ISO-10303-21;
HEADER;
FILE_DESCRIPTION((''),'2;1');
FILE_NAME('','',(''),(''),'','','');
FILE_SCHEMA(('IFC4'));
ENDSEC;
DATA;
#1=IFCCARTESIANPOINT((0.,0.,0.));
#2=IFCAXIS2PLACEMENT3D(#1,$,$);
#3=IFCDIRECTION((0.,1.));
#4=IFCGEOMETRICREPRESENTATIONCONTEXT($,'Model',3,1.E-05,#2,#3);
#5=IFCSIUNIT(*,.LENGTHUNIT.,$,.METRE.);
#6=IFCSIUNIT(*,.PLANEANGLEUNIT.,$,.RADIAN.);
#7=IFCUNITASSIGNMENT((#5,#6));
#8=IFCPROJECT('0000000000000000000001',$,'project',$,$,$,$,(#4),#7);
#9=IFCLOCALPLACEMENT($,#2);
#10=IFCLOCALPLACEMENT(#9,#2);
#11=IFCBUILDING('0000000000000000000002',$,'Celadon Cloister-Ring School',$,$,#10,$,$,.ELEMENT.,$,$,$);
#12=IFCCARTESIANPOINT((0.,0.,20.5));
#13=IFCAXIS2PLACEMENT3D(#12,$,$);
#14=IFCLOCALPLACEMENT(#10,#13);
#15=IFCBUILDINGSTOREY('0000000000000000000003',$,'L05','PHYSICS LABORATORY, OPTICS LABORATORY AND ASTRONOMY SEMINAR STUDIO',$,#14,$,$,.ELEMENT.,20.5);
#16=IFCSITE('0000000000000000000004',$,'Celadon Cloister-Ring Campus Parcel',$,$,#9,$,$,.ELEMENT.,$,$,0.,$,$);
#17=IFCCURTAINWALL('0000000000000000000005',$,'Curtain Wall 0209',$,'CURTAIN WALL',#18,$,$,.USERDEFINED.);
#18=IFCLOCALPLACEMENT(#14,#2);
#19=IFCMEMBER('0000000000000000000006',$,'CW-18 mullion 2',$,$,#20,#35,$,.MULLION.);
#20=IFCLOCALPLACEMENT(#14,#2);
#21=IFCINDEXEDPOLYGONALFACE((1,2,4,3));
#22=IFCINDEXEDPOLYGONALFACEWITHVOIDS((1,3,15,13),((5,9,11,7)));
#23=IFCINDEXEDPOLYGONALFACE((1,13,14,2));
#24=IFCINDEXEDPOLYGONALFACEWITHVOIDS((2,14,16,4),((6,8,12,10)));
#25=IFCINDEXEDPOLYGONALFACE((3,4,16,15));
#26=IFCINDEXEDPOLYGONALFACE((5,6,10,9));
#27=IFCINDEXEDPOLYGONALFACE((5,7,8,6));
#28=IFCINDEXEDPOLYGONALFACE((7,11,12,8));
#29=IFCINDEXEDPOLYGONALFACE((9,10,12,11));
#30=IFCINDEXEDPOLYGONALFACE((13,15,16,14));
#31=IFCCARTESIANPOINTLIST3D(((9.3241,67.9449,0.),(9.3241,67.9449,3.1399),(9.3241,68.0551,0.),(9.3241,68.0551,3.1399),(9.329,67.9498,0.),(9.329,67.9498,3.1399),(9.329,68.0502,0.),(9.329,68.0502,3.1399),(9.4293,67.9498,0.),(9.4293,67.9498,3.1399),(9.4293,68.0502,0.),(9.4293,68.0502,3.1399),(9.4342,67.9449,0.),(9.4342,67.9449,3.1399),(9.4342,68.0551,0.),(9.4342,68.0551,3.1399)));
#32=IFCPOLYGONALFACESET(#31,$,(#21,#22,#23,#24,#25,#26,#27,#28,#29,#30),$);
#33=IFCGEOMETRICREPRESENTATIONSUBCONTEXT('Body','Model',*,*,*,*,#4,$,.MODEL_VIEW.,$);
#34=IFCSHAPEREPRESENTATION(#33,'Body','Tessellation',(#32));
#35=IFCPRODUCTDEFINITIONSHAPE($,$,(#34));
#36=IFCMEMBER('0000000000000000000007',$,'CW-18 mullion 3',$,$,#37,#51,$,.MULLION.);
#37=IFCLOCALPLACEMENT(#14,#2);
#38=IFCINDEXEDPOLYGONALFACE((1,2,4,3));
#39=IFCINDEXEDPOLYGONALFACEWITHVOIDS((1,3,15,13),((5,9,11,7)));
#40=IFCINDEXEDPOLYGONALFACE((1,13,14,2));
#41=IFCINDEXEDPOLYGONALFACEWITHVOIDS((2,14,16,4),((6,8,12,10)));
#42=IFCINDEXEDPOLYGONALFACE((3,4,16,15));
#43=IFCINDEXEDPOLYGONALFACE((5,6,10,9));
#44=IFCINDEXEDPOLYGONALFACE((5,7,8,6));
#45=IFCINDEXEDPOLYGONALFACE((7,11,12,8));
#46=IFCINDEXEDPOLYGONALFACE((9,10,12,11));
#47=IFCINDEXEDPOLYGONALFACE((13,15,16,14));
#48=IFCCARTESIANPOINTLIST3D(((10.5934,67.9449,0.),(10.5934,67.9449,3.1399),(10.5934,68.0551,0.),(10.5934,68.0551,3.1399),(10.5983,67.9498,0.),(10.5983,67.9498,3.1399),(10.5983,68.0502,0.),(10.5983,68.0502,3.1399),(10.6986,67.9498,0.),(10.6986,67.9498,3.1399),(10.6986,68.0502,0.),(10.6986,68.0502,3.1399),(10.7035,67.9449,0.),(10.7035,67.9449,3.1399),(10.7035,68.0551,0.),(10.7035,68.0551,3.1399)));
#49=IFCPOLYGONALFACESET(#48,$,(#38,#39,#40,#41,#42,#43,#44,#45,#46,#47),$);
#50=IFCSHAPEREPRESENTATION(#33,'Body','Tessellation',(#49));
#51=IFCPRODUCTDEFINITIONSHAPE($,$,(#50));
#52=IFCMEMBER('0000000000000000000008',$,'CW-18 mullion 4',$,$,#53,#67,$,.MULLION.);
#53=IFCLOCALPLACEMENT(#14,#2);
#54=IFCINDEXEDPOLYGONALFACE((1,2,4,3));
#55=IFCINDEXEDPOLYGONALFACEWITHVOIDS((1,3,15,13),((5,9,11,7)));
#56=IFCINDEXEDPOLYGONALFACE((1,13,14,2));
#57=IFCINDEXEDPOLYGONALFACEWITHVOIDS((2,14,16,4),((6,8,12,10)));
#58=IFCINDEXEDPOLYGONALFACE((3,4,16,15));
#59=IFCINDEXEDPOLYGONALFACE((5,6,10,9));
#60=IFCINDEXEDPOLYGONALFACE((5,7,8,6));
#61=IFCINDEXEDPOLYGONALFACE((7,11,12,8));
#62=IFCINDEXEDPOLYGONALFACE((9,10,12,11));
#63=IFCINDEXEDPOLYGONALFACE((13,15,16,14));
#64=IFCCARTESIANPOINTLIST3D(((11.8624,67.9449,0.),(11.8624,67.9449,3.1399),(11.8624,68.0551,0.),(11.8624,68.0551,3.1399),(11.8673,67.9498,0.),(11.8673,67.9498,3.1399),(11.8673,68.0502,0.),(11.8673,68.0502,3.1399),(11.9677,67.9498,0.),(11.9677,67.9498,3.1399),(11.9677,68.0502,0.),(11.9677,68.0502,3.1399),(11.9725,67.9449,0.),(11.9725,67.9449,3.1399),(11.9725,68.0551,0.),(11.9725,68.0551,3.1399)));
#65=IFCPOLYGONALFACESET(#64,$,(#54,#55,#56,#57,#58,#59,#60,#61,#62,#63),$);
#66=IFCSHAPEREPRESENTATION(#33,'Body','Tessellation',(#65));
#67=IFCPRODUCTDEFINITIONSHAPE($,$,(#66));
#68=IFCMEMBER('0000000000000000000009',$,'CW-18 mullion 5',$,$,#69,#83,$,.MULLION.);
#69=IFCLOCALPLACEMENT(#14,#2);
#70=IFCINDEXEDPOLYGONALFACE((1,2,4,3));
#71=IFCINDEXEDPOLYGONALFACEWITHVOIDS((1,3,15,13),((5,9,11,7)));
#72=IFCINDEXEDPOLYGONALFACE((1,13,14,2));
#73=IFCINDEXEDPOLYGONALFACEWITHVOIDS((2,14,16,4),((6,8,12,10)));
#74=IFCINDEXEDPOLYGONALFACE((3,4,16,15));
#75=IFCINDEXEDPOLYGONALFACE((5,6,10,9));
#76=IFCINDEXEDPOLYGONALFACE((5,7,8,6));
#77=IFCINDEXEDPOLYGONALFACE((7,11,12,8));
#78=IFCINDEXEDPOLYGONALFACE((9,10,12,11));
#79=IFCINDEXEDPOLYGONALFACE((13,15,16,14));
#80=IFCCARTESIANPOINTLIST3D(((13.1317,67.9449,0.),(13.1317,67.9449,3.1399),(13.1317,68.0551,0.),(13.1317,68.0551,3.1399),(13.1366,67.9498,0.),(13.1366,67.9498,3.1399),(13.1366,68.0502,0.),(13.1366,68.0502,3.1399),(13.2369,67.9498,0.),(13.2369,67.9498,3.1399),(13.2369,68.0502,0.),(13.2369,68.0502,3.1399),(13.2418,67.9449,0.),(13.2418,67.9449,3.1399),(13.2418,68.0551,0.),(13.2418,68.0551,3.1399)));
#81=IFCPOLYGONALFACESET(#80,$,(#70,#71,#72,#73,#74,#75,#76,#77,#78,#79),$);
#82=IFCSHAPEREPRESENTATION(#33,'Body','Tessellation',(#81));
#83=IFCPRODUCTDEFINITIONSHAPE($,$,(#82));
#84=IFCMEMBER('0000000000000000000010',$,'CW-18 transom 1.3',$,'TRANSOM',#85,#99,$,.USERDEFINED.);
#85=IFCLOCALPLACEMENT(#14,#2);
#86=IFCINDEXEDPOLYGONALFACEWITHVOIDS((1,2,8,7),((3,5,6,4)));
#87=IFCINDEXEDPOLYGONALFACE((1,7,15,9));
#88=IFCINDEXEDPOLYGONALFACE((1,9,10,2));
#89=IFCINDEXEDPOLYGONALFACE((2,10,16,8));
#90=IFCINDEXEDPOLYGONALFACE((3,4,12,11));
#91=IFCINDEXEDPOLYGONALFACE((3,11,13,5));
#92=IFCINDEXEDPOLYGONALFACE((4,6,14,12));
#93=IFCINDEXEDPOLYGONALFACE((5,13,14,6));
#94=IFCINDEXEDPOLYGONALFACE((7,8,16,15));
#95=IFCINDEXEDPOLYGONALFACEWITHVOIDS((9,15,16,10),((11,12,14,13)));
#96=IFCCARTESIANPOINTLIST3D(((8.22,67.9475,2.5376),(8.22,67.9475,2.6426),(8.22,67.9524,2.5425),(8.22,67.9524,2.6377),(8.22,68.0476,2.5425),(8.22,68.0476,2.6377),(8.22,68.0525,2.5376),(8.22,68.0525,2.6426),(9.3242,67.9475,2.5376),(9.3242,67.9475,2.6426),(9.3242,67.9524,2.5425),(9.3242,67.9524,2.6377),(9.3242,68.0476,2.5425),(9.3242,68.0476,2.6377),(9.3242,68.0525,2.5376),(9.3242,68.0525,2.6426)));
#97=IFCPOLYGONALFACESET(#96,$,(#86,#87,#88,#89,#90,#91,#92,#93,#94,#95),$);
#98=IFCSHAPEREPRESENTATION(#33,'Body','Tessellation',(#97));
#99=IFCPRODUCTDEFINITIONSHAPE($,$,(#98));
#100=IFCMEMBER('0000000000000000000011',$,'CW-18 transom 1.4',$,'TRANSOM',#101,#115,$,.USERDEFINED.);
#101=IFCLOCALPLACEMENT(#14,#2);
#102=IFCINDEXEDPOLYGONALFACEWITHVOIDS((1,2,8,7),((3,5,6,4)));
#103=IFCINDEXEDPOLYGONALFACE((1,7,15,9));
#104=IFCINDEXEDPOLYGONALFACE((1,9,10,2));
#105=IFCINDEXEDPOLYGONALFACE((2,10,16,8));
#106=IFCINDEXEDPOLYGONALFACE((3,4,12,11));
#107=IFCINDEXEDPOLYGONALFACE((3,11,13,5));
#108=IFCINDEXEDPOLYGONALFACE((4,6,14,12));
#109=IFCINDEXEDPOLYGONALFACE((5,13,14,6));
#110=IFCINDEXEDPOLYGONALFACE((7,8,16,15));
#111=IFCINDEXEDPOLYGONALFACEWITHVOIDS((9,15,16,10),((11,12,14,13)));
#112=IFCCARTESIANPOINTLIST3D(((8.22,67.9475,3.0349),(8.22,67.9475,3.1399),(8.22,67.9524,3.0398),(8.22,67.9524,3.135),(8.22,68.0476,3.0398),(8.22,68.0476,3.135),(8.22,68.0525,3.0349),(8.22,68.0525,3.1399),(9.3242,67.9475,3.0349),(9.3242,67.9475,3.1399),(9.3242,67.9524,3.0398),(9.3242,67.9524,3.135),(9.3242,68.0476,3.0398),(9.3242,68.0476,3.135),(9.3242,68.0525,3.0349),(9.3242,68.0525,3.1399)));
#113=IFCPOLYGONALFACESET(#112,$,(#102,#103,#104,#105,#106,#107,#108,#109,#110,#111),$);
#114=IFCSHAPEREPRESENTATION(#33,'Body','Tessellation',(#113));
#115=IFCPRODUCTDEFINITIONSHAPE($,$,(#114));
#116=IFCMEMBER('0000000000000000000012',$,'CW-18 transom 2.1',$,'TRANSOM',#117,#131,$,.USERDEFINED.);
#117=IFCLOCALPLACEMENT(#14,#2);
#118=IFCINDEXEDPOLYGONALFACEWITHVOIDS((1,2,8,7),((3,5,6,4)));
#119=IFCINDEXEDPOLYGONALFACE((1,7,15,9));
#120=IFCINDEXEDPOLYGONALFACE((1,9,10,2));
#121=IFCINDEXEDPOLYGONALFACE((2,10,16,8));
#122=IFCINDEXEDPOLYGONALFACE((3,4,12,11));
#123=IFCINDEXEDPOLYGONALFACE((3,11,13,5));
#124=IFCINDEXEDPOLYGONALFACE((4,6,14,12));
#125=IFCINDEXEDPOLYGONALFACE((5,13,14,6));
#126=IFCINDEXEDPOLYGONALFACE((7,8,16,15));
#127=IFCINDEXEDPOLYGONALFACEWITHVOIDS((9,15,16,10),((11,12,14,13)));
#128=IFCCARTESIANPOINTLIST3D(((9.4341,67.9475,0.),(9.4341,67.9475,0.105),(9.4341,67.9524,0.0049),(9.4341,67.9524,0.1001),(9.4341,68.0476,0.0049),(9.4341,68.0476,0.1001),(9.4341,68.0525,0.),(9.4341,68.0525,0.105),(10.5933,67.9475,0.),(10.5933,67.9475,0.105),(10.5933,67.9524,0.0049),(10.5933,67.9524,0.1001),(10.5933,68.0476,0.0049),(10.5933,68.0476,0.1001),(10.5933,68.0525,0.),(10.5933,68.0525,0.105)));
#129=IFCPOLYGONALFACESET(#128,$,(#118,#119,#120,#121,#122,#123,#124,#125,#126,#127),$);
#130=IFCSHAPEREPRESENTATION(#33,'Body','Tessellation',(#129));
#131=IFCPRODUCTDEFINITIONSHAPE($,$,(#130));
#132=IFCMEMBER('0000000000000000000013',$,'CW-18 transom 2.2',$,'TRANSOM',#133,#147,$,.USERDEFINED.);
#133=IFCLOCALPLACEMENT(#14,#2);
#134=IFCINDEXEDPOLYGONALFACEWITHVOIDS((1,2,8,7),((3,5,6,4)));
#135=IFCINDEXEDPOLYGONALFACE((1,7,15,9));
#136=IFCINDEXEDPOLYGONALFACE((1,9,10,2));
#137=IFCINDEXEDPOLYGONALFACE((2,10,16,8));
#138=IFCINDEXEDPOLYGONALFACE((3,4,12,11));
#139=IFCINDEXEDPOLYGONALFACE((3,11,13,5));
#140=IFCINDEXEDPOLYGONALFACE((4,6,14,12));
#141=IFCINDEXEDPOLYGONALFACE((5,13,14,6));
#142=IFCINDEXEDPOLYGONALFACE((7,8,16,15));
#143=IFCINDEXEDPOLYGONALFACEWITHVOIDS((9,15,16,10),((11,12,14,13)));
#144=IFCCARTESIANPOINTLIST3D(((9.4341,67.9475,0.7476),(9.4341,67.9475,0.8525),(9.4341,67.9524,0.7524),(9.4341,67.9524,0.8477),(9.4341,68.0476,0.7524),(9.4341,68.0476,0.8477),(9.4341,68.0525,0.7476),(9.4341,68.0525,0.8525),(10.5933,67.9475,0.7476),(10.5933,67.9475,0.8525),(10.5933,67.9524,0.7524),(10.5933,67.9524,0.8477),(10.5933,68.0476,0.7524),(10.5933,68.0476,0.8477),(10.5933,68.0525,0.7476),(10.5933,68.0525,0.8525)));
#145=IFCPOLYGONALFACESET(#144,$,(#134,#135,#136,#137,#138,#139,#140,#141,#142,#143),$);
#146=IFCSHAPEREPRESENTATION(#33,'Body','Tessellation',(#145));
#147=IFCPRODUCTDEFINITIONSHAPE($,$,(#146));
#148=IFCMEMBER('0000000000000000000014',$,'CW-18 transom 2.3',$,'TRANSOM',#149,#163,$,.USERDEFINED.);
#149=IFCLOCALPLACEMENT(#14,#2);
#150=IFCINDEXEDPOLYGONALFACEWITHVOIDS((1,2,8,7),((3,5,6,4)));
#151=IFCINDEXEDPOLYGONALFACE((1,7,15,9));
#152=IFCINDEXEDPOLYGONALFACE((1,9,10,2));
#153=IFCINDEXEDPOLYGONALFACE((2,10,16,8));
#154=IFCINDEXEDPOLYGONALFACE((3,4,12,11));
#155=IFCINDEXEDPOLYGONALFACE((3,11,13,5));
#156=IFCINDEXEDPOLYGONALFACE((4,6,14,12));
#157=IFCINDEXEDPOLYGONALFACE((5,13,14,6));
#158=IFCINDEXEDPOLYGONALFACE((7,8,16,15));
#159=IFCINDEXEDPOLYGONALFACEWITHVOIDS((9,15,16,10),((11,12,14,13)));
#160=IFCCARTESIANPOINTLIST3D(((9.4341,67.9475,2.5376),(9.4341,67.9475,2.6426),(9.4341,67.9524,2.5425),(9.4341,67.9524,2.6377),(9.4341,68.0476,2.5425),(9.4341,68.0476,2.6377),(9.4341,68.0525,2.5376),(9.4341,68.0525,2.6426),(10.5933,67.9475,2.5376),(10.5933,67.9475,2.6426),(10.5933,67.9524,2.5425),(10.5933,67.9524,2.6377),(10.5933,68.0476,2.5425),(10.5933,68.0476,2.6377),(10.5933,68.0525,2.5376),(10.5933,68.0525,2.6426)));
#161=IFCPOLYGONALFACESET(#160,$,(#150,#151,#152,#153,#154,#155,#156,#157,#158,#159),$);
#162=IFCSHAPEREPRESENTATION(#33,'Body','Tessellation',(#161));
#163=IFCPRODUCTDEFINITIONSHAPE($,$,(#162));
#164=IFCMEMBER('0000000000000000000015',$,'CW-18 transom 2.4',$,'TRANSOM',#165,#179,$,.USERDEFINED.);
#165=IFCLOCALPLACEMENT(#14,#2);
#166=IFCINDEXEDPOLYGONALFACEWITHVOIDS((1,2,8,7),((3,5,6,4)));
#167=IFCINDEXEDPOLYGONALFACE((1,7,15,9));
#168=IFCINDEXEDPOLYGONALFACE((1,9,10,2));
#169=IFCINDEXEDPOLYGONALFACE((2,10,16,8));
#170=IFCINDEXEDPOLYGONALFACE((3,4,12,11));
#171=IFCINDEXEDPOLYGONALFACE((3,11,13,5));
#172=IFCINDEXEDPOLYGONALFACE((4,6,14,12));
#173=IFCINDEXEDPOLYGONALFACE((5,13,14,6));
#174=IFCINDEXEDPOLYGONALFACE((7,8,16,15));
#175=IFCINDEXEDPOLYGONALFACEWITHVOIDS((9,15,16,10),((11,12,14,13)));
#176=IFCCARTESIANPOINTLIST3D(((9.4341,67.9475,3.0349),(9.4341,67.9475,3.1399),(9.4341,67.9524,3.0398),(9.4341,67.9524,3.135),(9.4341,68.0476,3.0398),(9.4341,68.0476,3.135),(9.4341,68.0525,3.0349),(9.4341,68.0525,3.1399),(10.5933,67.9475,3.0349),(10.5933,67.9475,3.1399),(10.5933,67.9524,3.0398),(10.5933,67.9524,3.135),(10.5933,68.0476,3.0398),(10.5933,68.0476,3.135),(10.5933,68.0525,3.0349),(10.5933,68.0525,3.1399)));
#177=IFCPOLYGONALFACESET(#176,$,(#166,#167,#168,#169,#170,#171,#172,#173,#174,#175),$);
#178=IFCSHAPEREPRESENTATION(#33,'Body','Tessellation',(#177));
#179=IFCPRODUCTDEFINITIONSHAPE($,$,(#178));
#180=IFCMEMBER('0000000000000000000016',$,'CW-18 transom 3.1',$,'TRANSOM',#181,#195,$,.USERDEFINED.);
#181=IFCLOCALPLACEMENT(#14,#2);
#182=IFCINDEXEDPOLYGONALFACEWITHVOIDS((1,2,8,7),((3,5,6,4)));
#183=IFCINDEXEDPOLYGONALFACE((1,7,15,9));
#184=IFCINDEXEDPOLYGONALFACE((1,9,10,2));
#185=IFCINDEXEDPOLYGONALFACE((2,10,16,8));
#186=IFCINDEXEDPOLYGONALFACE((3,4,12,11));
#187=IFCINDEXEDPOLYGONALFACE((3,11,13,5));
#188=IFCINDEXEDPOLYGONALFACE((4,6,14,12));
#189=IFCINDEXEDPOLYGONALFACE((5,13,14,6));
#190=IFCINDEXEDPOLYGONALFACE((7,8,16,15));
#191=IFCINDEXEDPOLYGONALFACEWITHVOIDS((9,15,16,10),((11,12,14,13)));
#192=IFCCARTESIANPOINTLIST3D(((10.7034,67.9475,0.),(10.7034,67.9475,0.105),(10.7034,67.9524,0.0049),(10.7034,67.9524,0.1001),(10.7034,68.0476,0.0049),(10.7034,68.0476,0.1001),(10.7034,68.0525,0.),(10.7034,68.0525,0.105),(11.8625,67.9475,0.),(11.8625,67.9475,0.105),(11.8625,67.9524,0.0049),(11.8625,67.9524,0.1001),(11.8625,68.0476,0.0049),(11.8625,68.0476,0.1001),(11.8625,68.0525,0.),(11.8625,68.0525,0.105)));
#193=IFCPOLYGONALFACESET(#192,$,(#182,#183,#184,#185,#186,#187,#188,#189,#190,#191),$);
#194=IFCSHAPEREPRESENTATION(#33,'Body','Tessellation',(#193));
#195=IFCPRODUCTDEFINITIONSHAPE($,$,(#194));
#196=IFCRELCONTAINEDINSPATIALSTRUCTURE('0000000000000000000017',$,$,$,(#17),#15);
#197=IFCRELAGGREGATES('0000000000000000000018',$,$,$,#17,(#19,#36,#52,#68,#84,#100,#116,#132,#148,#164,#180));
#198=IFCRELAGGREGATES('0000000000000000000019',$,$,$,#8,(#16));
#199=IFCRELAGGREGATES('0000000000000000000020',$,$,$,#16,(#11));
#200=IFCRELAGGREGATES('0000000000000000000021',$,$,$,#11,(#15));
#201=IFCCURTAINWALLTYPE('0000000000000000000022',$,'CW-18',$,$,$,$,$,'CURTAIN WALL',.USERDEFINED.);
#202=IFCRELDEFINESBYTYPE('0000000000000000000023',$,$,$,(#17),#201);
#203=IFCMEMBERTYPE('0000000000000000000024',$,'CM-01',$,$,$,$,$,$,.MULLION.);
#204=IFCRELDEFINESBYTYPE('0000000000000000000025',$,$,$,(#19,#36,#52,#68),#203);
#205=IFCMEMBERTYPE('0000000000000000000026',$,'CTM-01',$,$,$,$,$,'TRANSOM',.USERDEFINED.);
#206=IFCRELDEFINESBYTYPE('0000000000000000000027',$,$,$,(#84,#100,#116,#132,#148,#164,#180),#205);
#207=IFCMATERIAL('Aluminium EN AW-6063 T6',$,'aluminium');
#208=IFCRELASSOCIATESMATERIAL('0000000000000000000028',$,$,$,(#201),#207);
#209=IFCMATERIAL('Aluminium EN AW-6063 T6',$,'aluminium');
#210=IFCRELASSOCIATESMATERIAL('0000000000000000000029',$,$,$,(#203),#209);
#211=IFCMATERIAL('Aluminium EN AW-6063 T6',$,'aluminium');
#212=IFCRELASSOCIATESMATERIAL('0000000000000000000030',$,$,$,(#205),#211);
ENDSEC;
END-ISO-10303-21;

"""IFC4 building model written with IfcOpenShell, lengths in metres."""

from ifc_helpers import new_model, si_unit, direction, frame, origin, origin_2d, place, context, subcontext, project, spatial, hollow_rectangle, extrude, material, material_profile, profile_set, type_object, element, aggregate, save


model = new_model("IFC4")

# Units and contexts
model_context = context("Model", 3, precision=1e-05, world=origin(), true_north=direction((0.0, 1.0)))
body_context = subcontext(model_context, "Body", "Model", "MODEL_VIEW")
ifc_project = project(units=[si_unit("LENGTHUNIT", "METRE"), si_unit("PLANEANGLEUNIT", "RADIAN")], contexts=[model_context])

# Site, building, storey
site_placement = place(None, origin())
site = spatial("IfcSite", under=ifc_project, at=site_placement, Name="Celadon Cloister-Ring Campus Parcel", CompositionType="ELEMENT", RefElevation=0.0)
building_placement = place(site_placement, origin())
building = spatial("IfcBuilding", under=site, at=building_placement, Name="Celadon Cloister-Ring School", CompositionType="ELEMENT")
storey_placement = place(building_placement, frame((0.0, 0.0, 20.5)))
storey = spatial("IfcBuildingStorey", under=building, at=storey_placement, Name="L05", Description="PHYSICS LABORATORY, OPTICS LABORATORY AND ASTRONOMY SEMINAR STUDIO", CompositionType="ELEMENT", Elevation=20.5)

# Curtain wall, members
ifc_material_1 = material(Name="Aluminium EN AW-6063 T6", Category="aluminium")
curtain_wall_type = type_object("IfcCurtainWallType", Name="CW-18", ElementType="CURTAIN WALL", PredefinedType="USERDEFINED", material=ifc_material_1)
curtain_wall_placement = place(storey_placement, origin())
curtain_wall = element("IfcCurtainWall", 1, at=curtain_wall_placement, inside=storey, type_object=curtain_wall_type, Name="Curtain Wall 0209", ObjectType="CURTAIN WALL", PredefinedType="USERDEFINED")
ifc_material_2 = material(Name="Aluminium EN AW-6063 T6", Category="aluminium")
ifc_material_profile_1 = material_profile(ifc_material_2, hollow_rectangle(XDim=0.1101, YDim=0.1101, WallThickness=0.0049, at=origin_2d()), Name="RHS110X110X5")
ifc_profile_set_1 = profile_set([ifc_material_profile_1], Name="Aluminium EN AW-6063 T6")
member_type_1 = type_object("IfcMemberType", Name="CM-01", PredefinedType="MULLION", material=ifc_profile_set_1)
member_1_placement = place(storey_placement, frame((9.3792, 68.0, 0.0), z_axis=(0.0, 0.0, 1.0), x_axis=(0.0, 1.0, 0.0)))
member_1 = element("IfcMember", 2, at=member_1_placement, type_object=member_type_1, Name="CW-18 mullion 2", PredefinedType="MULLION", context=body_context, shape_type="SweptSolid", body=[
    extrude(hollow_rectangle(XDim=0.1101, YDim=0.1101, WallThickness=0.0049, at=origin_2d()), origin(), (0.0, 0.0, 1.0), 3.1399),
])
member_2_placement = place(storey_placement, frame((10.6484, 68.0, 0.0), z_axis=(0.0, 0.0, 1.0), x_axis=(0.0, 1.0, 0.0)))
member_2 = element("IfcMember", 3, at=member_2_placement, type_object=member_type_1, Name="CW-18 mullion 3", PredefinedType="MULLION", context=body_context, shape_type="SweptSolid", body=[
    extrude(hollow_rectangle(XDim=0.1101, YDim=0.1101, WallThickness=0.0049, at=origin_2d()), origin(), (0.0, 0.0, 1.0), 3.1399),
])
member_3_placement = place(storey_placement, frame((11.9175, 68.0, 0.0), z_axis=(0.0, 0.0, 1.0), x_axis=(0.0, 1.0, 0.0)))
member_3 = element("IfcMember", 4, at=member_3_placement, type_object=member_type_1, Name="CW-18 mullion 4", PredefinedType="MULLION", context=body_context, shape_type="SweptSolid", body=[
    extrude(hollow_rectangle(XDim=0.1101, YDim=0.1101, WallThickness=0.0049, at=origin_2d()), origin(), (0.0, 0.0, 1.0), 3.1399),
])
member_4_placement = place(storey_placement, frame((13.1868, 68.0, 0.0), z_axis=(0.0, 0.0, 1.0), x_axis=(0.0, 1.0, 0.0)))
member_4 = element("IfcMember", 5, at=member_4_placement, type_object=member_type_1, Name="CW-18 mullion 5", PredefinedType="MULLION", context=body_context, shape_type="SweptSolid", body=[
    extrude(hollow_rectangle(XDim=0.1101, YDim=0.1101, WallThickness=0.0049, at=origin_2d()), origin(), (0.0, 0.0, 1.0), 3.1399),
])
ifc_material_3 = material(Name="Aluminium EN AW-6063 T6", Category="aluminium")
ifc_material_profile_2 = material_profile(ifc_material_3, hollow_rectangle(XDim=0.105, YDim=0.105, WallThickness=0.0049, at=origin_2d()), Name="RHS105X105X5")
ifc_profile_set_2 = profile_set([ifc_material_profile_2], Name="Aluminium EN AW-6063 T6")
member_type_2 = type_object("IfcMemberType", Name="CTM-01", ElementType="TRANSOM", PredefinedType="USERDEFINED", material=ifc_profile_set_2)
member_5_placement = place(storey_placement, frame((8.22, 68.0, 2.5901), z_axis=(1.0, 0.0, 0.0), x_axis=(0.0, 1.0, 0.0)))
member_5 = element("IfcMember", 6, at=member_5_placement, type_object=member_type_2, Name="CW-18 transom 1.3", ObjectType="TRANSOM", PredefinedType="USERDEFINED", context=body_context, shape_type="SweptSolid", body=[
    extrude(hollow_rectangle(XDim=0.105, YDim=0.105, WallThickness=0.0049, at=origin_2d()), origin(), (0.0, 0.0, 1.0), 1.1042),
])
member_6_placement = place(storey_placement, frame((8.22, 68.0, 3.0874), z_axis=(1.0, 0.0, 0.0), x_axis=(0.0, 1.0, 0.0)))
member_6 = element("IfcMember", 7, at=member_6_placement, type_object=member_type_2, Name="CW-18 transom 1.4", ObjectType="TRANSOM", PredefinedType="USERDEFINED", context=body_context, shape_type="SweptSolid", body=[
    extrude(hollow_rectangle(XDim=0.105, YDim=0.105, WallThickness=0.0049, at=origin_2d()), origin(), (0.0, 0.0, 1.0), 1.1042),
])
member_7_placement = place(storey_placement, frame((9.4341, 68.0, 0.0525), z_axis=(1.0, 0.0, 0.0), x_axis=(0.0, 1.0, 0.0)))
member_7 = element("IfcMember", 8, at=member_7_placement, type_object=member_type_2, Name="CW-18 transom 2.1", ObjectType="TRANSOM", PredefinedType="USERDEFINED", context=body_context, shape_type="SweptSolid", body=[
    extrude(hollow_rectangle(XDim=0.105, YDim=0.105, WallThickness=0.0049, at=origin_2d()), origin(), (0.0, 0.0, 1.0), 1.1592),
])
member_8_placement = place(storey_placement, frame((9.4341, 68.0, 0.8), z_axis=(1.0, 0.0, 0.0), x_axis=(0.0, 1.0, 0.0)))
member_8 = element("IfcMember", 9, at=member_8_placement, type_object=member_type_2, Name="CW-18 transom 2.2", ObjectType="TRANSOM", PredefinedType="USERDEFINED", context=body_context, shape_type="SweptSolid", body=[
    extrude(hollow_rectangle(XDim=0.105, YDim=0.105, WallThickness=0.0049, at=origin_2d()), origin(), (0.0, 0.0, 1.0), 1.1592),
])
member_9_placement = place(storey_placement, frame((9.4341, 68.0, 2.5901), z_axis=(1.0, 0.0, 0.0), x_axis=(0.0, 1.0, 0.0)))
member_9 = element("IfcMember", 10, at=member_9_placement, type_object=member_type_2, Name="CW-18 transom 2.3", ObjectType="TRANSOM", PredefinedType="USERDEFINED", context=body_context, shape_type="SweptSolid", body=[
    extrude(hollow_rectangle(XDim=0.105, YDim=0.105, WallThickness=0.0049, at=origin_2d()), origin(), (0.0, 0.0, 1.0), 1.1592),
])
member_10_placement = place(storey_placement, frame((9.4341, 68.0, 3.0874), z_axis=(1.0, 0.0, 0.0), x_axis=(0.0, 1.0, 0.0)))
member_10 = element("IfcMember", 11, at=member_10_placement, type_object=member_type_2, Name="CW-18 transom 2.4", ObjectType="TRANSOM", PredefinedType="USERDEFINED", context=body_context, shape_type="SweptSolid", body=[
    extrude(hollow_rectangle(XDim=0.105, YDim=0.105, WallThickness=0.0049, at=origin_2d()), origin(), (0.0, 0.0, 1.0), 1.1592),
])
member_11_placement = place(storey_placement, frame((10.7034, 68.0, 0.0525), z_axis=(1.0, 0.0, 0.0), x_axis=(0.0, 1.0, 0.0)))
member_11 = element("IfcMember", 12, at=member_11_placement, type_object=member_type_2, Name="CW-18 transom 3.1", ObjectType="TRANSOM", PredefinedType="USERDEFINED", context=body_context, shape_type="SweptSolid", body=[
    extrude(hollow_rectangle(XDim=0.105, YDim=0.105, WallThickness=0.0049, at=origin_2d()), origin(), (0.0, 0.0, 1.0), 1.1592),
])
aggregate(curtain_wall, [member_1, member_2, member_3, member_4, member_5, member_6, member_7, member_8, member_9, member_10, member_11])

save(model, "model.ifc")
